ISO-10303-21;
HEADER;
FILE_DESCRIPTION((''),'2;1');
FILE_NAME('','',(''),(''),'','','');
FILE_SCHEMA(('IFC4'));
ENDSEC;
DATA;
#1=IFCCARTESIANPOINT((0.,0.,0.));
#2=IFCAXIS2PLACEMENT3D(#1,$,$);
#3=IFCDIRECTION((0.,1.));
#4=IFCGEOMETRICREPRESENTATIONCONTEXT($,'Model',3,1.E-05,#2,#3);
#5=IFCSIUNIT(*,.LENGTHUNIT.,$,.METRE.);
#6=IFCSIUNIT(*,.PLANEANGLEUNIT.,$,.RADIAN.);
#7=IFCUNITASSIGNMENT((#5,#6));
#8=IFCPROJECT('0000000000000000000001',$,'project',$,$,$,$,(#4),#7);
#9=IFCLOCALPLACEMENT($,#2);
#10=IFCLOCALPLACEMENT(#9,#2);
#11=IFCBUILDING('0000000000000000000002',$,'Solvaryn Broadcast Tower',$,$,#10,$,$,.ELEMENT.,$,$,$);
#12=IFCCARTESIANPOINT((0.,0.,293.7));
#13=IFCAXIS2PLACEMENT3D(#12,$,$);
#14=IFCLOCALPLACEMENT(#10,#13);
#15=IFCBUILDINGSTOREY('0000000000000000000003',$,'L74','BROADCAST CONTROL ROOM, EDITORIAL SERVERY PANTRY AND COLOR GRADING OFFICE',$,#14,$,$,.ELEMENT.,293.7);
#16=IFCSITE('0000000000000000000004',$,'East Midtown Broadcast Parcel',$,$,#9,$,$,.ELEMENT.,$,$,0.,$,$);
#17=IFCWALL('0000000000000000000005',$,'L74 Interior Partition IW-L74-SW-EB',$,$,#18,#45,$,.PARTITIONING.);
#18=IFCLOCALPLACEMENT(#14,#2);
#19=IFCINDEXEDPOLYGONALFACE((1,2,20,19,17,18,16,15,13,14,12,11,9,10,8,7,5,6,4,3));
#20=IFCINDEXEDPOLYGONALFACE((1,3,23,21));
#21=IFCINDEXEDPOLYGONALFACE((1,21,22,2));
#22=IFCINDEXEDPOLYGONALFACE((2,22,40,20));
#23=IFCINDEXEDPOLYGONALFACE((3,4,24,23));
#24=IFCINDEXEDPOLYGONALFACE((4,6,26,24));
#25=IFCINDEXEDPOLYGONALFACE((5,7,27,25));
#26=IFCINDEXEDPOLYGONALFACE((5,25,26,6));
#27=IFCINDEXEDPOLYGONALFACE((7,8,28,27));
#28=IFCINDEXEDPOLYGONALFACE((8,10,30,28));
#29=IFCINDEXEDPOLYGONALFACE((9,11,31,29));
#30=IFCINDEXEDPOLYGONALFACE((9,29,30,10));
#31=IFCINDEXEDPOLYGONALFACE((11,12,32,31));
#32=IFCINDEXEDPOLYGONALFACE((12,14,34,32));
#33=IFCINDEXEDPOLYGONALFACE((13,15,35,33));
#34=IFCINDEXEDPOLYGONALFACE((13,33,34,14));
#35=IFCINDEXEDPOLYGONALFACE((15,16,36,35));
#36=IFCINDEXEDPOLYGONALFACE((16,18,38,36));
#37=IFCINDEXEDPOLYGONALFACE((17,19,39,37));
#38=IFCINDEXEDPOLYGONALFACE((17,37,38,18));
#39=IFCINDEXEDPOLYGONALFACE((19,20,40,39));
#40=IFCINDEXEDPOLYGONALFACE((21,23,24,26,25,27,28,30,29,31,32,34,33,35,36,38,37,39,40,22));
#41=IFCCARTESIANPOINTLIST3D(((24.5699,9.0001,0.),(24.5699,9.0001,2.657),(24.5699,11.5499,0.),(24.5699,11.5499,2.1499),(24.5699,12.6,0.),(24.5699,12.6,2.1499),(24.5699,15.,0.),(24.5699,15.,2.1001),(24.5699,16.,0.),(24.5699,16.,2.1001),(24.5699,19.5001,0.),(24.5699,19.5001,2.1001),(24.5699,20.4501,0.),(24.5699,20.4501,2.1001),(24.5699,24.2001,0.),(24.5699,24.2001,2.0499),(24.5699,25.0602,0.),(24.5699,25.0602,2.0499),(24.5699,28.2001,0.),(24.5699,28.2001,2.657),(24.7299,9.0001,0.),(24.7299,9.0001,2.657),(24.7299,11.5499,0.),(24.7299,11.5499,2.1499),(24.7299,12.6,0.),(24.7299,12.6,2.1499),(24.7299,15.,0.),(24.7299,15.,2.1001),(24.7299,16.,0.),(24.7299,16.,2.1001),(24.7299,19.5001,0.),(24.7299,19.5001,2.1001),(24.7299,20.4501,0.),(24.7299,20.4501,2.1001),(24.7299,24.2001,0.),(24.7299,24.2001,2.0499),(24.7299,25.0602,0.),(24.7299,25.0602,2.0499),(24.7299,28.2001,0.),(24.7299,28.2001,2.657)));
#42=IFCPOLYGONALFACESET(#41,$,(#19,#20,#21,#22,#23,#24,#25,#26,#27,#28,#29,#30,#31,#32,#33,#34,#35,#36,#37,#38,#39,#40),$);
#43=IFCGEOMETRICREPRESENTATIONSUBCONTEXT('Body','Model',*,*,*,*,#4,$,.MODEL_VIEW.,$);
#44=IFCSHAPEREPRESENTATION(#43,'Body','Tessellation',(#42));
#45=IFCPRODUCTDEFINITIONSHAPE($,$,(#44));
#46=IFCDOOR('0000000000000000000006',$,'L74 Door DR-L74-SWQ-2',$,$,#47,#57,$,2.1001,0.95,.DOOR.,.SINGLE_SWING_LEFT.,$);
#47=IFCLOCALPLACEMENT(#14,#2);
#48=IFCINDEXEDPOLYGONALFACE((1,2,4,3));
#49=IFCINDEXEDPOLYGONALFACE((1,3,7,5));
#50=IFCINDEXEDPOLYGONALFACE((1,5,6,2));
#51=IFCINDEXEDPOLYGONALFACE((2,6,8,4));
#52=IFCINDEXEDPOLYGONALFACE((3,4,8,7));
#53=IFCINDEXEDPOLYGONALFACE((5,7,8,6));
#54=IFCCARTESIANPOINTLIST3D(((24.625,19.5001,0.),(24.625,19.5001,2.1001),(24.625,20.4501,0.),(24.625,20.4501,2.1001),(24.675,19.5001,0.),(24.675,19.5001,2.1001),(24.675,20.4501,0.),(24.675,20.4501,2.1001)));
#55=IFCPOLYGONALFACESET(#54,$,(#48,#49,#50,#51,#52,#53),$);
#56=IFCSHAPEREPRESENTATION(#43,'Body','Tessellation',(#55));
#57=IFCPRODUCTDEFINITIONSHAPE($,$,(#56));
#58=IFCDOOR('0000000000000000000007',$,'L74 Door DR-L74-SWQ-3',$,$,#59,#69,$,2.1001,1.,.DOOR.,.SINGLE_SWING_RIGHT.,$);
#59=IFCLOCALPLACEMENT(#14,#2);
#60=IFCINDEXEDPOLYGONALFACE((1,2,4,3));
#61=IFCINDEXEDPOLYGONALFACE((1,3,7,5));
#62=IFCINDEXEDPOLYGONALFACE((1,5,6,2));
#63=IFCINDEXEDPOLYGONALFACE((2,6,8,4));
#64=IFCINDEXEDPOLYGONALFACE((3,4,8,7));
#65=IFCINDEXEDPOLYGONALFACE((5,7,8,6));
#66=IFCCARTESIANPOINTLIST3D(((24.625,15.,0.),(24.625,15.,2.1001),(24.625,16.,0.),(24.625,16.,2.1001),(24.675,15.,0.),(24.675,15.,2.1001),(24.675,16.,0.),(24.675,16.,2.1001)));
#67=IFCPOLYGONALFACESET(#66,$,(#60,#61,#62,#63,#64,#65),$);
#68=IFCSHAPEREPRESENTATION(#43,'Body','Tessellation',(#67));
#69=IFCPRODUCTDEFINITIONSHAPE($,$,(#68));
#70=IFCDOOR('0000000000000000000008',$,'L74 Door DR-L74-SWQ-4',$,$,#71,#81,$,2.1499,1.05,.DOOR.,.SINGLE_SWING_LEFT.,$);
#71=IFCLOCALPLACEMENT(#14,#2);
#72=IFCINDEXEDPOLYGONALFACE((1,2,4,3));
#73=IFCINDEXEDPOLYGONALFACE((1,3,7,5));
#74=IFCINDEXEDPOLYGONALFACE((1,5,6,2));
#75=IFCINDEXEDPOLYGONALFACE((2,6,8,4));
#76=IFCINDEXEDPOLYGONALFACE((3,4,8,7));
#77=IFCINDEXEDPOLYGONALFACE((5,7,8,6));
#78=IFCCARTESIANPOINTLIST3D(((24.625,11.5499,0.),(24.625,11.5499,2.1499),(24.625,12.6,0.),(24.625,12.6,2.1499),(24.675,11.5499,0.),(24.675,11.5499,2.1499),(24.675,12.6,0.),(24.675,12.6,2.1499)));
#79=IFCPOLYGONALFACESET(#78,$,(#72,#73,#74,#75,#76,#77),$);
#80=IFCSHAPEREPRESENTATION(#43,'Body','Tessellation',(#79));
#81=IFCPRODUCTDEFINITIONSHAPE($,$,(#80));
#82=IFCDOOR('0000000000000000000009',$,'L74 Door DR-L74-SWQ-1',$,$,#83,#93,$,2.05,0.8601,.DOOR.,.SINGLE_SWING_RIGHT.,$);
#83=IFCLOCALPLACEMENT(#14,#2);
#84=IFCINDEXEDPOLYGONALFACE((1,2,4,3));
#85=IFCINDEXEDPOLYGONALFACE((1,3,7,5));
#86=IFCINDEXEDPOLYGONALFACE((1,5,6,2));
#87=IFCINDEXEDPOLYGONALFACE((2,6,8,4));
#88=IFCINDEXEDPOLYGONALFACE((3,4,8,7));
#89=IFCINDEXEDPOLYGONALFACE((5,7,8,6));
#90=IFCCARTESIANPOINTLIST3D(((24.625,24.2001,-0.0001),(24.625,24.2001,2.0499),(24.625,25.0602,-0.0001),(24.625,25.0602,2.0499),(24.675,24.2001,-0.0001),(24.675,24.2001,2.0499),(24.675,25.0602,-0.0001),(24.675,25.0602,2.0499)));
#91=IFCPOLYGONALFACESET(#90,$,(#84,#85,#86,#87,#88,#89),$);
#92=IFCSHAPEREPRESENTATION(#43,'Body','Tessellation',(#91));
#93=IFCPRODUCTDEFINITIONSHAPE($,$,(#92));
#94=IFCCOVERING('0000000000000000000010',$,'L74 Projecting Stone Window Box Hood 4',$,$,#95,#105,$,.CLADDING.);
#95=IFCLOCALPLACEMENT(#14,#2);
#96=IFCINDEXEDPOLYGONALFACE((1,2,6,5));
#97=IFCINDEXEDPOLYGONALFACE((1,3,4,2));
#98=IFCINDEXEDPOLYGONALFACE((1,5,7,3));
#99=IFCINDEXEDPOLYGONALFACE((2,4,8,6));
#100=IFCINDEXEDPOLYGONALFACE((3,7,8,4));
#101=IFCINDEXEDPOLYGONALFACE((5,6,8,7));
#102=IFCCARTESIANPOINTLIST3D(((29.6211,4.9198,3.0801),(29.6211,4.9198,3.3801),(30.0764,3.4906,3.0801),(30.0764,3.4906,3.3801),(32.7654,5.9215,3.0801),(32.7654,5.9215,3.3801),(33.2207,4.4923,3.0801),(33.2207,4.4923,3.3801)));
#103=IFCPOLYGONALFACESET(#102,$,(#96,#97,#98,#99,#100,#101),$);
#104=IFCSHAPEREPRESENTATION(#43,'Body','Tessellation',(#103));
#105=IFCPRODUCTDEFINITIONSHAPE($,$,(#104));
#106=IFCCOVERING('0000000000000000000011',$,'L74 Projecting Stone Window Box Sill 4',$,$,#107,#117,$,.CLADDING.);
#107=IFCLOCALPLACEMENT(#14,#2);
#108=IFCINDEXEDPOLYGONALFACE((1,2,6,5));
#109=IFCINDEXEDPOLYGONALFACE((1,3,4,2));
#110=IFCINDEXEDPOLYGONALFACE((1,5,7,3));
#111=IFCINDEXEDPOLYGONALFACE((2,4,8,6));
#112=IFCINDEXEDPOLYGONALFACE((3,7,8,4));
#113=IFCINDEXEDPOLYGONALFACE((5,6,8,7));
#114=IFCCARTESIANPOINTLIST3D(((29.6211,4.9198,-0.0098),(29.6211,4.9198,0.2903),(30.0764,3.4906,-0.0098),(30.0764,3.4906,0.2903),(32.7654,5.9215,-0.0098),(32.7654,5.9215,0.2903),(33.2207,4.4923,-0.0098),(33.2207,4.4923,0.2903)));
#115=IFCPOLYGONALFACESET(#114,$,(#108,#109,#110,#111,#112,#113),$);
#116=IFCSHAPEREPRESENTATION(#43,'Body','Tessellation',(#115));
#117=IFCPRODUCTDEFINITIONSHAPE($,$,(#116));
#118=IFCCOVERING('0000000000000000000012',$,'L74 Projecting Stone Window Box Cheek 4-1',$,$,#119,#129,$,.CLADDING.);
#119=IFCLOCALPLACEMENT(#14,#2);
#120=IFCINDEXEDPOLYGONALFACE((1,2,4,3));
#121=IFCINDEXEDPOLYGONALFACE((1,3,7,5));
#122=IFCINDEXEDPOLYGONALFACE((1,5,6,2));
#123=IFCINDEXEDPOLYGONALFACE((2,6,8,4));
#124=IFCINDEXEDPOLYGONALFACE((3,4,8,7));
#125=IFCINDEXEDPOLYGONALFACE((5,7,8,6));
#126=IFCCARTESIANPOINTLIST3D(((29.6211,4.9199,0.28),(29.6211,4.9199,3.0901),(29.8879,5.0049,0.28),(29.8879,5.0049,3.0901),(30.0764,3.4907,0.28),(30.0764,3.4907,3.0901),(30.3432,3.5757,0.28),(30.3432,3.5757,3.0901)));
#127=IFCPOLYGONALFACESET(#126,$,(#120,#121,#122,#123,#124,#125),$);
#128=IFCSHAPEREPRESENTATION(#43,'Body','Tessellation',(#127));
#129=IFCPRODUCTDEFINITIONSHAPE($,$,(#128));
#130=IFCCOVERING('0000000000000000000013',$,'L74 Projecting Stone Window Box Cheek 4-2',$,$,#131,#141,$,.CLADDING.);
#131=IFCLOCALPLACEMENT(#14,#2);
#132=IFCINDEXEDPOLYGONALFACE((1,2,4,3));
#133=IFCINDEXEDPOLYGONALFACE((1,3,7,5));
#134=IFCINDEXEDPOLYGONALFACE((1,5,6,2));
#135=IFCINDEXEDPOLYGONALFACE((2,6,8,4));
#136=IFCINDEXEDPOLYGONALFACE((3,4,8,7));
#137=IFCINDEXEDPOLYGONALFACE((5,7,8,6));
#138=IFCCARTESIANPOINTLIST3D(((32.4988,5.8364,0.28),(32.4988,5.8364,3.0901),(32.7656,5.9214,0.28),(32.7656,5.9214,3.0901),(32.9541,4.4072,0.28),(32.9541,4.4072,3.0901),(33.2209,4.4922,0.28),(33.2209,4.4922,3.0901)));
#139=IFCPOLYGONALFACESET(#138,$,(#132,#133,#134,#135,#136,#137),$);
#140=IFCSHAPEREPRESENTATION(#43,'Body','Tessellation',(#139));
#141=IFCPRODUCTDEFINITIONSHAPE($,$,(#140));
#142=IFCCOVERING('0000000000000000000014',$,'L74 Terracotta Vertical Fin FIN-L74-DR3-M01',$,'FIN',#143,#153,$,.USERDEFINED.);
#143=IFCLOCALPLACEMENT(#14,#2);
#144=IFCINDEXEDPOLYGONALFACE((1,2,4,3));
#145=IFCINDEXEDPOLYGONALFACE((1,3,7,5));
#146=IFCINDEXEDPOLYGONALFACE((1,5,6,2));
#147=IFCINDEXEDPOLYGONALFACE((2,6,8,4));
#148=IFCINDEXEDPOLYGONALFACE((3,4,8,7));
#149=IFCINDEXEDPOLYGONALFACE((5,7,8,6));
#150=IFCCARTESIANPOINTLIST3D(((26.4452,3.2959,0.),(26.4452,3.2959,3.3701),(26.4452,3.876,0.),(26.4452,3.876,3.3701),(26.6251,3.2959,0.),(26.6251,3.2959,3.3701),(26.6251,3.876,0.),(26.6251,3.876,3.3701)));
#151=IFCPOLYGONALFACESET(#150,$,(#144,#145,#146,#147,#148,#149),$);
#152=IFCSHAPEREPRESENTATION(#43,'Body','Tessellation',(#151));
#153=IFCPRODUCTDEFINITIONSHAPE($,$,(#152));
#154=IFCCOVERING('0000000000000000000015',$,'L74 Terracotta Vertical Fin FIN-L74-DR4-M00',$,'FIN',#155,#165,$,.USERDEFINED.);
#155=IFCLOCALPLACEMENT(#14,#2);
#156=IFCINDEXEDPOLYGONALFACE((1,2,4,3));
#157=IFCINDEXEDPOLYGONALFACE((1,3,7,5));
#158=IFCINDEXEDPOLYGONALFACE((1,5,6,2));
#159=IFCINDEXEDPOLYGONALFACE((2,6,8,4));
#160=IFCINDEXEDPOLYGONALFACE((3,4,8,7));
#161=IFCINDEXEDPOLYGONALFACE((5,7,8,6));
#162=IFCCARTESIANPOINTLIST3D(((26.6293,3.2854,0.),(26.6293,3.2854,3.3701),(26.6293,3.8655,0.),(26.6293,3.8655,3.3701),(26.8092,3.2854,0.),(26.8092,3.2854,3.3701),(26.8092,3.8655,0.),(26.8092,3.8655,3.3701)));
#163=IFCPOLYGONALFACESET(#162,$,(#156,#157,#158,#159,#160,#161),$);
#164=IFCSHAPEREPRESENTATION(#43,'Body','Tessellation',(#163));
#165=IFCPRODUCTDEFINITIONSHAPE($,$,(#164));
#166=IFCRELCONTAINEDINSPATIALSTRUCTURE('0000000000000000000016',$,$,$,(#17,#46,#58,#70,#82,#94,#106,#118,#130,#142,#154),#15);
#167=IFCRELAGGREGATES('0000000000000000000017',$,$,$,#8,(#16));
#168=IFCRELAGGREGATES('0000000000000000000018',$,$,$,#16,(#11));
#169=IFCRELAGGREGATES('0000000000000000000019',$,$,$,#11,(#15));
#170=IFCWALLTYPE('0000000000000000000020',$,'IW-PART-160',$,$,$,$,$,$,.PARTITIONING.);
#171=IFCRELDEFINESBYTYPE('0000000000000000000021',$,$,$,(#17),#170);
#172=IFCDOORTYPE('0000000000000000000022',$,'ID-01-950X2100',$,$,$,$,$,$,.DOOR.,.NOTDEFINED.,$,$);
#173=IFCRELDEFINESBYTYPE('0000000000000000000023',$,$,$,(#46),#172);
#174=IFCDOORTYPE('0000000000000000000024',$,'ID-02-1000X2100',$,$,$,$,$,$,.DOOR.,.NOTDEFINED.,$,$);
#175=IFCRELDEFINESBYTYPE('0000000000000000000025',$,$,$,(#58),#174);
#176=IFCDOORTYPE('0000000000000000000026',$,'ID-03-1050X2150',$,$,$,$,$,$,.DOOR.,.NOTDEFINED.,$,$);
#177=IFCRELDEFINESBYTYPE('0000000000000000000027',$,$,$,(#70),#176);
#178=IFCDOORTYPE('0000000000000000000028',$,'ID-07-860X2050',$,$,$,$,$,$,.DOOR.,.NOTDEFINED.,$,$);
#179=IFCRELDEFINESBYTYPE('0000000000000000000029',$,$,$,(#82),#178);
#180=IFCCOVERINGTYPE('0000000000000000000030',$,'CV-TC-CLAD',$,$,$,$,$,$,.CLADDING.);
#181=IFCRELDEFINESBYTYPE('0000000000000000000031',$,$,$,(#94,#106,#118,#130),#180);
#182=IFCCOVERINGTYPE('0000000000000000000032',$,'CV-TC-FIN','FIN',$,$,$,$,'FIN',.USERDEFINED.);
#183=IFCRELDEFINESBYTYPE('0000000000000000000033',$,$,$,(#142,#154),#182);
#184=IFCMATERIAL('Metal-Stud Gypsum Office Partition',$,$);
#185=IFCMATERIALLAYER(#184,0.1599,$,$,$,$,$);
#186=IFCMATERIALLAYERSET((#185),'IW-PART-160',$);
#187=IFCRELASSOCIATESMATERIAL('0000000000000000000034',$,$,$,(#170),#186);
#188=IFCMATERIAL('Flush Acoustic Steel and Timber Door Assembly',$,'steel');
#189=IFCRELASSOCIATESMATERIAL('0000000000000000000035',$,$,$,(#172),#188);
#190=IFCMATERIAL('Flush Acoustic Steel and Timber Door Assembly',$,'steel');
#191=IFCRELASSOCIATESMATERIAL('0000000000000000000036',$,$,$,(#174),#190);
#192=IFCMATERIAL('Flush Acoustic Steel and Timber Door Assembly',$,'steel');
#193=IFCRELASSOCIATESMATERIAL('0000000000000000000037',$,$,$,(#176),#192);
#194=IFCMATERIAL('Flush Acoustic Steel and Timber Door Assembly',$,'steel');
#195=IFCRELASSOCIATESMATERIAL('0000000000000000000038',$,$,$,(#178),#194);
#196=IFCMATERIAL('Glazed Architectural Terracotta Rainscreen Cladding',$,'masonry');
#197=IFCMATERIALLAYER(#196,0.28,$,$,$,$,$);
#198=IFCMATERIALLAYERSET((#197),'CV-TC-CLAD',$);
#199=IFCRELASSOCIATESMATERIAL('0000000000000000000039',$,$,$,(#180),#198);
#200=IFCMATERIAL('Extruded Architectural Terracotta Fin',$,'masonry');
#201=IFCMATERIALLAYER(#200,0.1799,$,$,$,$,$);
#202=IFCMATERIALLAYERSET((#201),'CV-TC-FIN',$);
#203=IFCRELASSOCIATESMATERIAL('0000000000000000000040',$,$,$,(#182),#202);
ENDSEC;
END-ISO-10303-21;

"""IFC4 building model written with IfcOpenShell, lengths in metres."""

from ifc_helpers import new_model, si_unit, direction, frame, frame_2d, origin, origin_2d, place, context, subcontext, project, spatial, rectangle, extrude, material, layer, layer_set, type_object, element, fill, save


model = new_model("IFC4")

# Units and contexts
model_context = context("Model", 3, precision=1e-05, world=origin(), true_north=direction((0.0, 1.0)))
body_context = subcontext(model_context, "Body", "Model", "MODEL_VIEW")
ifc_project = project(units=[si_unit("LENGTHUNIT", "METRE"), si_unit("PLANEANGLEUNIT", "RADIAN")], contexts=[model_context])

# Site, building, storey
site_placement = place(None, origin())
site = spatial("IfcSite", under=ifc_project, at=site_placement, Name="East Midtown Broadcast Parcel", CompositionType="ELEMENT", RefElevation=0.0)
building_placement = place(site_placement, origin())
building = spatial("IfcBuilding", under=site, at=building_placement, Name="Solvaryn Broadcast Tower", CompositionType="ELEMENT")
storey_placement = place(building_placement, frame((0.0, 0.0, 293.7)))
storey = spatial("IfcBuildingStorey", under=building, at=storey_placement, Name="L74", Description="BROADCAST CONTROL ROOM, EDITORIAL SERVERY PANTRY AND COLOR GRADING OFFICE", CompositionType="ELEMENT", Elevation=293.7)

# Wall, openings, doors
ifc_material_1 = material(Name="Metal-Stud Gypsum Office Partition")
ifc_layer_1 = layer(ifc_material_1, 0.1599)
ifc_layer_set_1 = layer_set([ifc_layer_1], Name="IW-PART-160")
wall_type_1 = type_object("IfcWallType", Name="IW-PART-160", PredefinedType="PARTITIONING", material=ifc_layer_set_1)
wall_1_placement = place(storey_placement, frame((24.6499, 9.0, 0.0), z_axis=(0.0, 0.0, 1.0), x_axis=(0.0, 1.0, 0.0)))
wall_1 = element("IfcWall", 1, at=wall_1_placement, inside=storey, type_object=wall_type_1, Name="L74 Interior Partition IW-L74-SW-EB", PredefinedType="PARTITIONING", context=body_context, shape_type="SweptSolid", body=[
    extrude(rectangle(XDim=19.2, YDim=0.1599, at=frame_2d((9.6001, 0.0))), origin(), (0.0, 0.0, 1.0), 2.657),
])
opening_1_placement = place(wall_1_placement, frame((15.2, 0.0, 0.0)))
opening_1 = element("IfcOpeningElement", 2, at=opening_1_placement, cuts=wall_1, PredefinedType="OPENING", context=body_context, shape_type="SweptSolid", body=[
    extrude(rectangle(XDim=0.8601, YDim=2.05, at=frame_2d((0.4302, 1.0249))), frame((0.0, 0.0901, 0.0), z_axis=(0.0, -1.0, 0.0), x_axis=(1.0, 0.0, 0.0)), (0.0, 0.0, 1.0), 0.1799),
])
opening_2_placement = place(wall_1_placement, frame((10.5, 0.0, 0.0)))
opening_2 = element("IfcOpeningElement", 3, at=opening_2_placement, cuts=wall_1, PredefinedType="OPENING", context=body_context, shape_type="SweptSolid", body=[
    extrude(rectangle(XDim=0.95, YDim=2.1001, at=frame_2d((0.4751, 1.05))), frame((0.0, 0.0901, 0.0), z_axis=(0.0, -1.0, 0.0), x_axis=(1.0, 0.0, 0.0)), (0.0, 0.0, 1.0), 0.1799),
])
opening_3_placement = place(wall_1_placement, frame((6.0, 0.0, 0.0)))
opening_3 = element("IfcOpeningElement", 4, at=opening_3_placement, cuts=wall_1, PredefinedType="OPENING", context=body_context, shape_type="SweptSolid", body=[
    extrude(rectangle(XDim=1.0, YDim=2.1001, at=frame_2d((0.5, 1.05))), frame((0.0, 0.0901, 0.0), z_axis=(0.0, -1.0, 0.0), x_axis=(1.0, 0.0, 0.0)), (0.0, 0.0, 1.0), 0.1799),
])
opening_4_placement = place(wall_1_placement, frame((2.55, 0.0, 0.0)))
opening_4 = element("IfcOpeningElement", 5, at=opening_4_placement, cuts=wall_1, PredefinedType="OPENING", context=body_context, shape_type="SweptSolid", body=[
    extrude(rectangle(XDim=1.05, YDim=2.1499, at=frame_2d((0.5249, 1.075))), frame((0.0, 0.0901, 0.0), z_axis=(0.0, -1.0, 0.0), x_axis=(1.0, 0.0, 0.0)), (0.0, 0.0, 1.0), 0.1799),
])
ifc_material_2 = material(Name="Flush Acoustic Steel and Timber Door Assembly", Category="steel")
door_type_1 = type_object("IfcDoorType", Name="ID-01-950X2100", OperationType="NOTDEFINED", PredefinedType="DOOR", material=ifc_material_2)
door_1_placement = place(opening_2_placement, origin())
door_1 = element("IfcDoor", 6, at=door_1_placement, inside=storey, type_object=door_type_1, Name="L74 Door DR-L74-SWQ-2", OperationType="SINGLE_SWING_LEFT", OverallHeight=2.1001, OverallWidth=0.95, PredefinedType="DOOR", context=body_context, shape_type="SweptSolid", body=[
    extrude(rectangle(XDim=0.95, YDim=2.1001, at=frame_2d((0.4751, 1.05))), frame((0.0, 0.0249, 0.0), z_axis=(0.0, -1.0, 0.0), x_axis=(1.0, 0.0, 0.0)), (0.0, 0.0, 1.0), 0.05),
])
fill(opening_2, door_1)
ifc_material_3 = material(Name="Flush Acoustic Steel and Timber Door Assembly", Category="steel")
door_type_2 = type_object("IfcDoorType", Name="ID-02-1000X2100", OperationType="NOTDEFINED", PredefinedType="DOOR", material=ifc_material_3)
door_2_placement = place(opening_3_placement, origin())
door_2 = element("IfcDoor", 7, at=door_2_placement, inside=storey, type_object=door_type_2, Name="L74 Door DR-L74-SWQ-3", OperationType="SINGLE_SWING_RIGHT", OverallHeight=2.1001, OverallWidth=1.0, PredefinedType="DOOR", context=body_context, shape_type="SweptSolid", body=[
    extrude(rectangle(XDim=1.0, YDim=2.1001, at=frame_2d((0.5, 1.05))), frame((0.0, 0.0249, 0.0), z_axis=(0.0, -1.0, 0.0), x_axis=(1.0, 0.0, 0.0)), (0.0, 0.0, 1.0), 0.05),
])
fill(opening_3, door_2)
ifc_material_4 = material(Name="Flush Acoustic Steel and Timber Door Assembly", Category="steel")
door_type_3 = type_object("IfcDoorType", Name="ID-03-1050X2150", OperationType="NOTDEFINED", PredefinedType="DOOR", material=ifc_material_4)
door_3_placement = place(opening_4_placement, origin())
door_3 = element("IfcDoor", 8, at=door_3_placement, inside=storey, type_object=door_type_3, Name="L74 Door DR-L74-SWQ-4", OperationType="SINGLE_SWING_LEFT", OverallHeight=2.1499, OverallWidth=1.05, PredefinedType="DOOR", context=body_context, shape_type="SweptSolid", body=[
    extrude(rectangle(XDim=1.05, YDim=2.1499, at=frame_2d((0.5249, 1.075))), frame((0.0, 0.0249, 0.0), z_axis=(0.0, -1.0, 0.0), x_axis=(1.0, 0.0, 0.0)), (0.0, 0.0, 1.0), 0.05),
])
fill(opening_4, door_3)
ifc_material_5 = material(Name="Flush Acoustic Steel and Timber Door Assembly", Category="steel")
door_type_4 = type_object("IfcDoorType", Name="ID-07-860X2050", OperationType="NOTDEFINED", PredefinedType="DOOR", material=ifc_material_5)
door_4_placement = place(opening_1_placement, origin())
door_4 = element("IfcDoor", 9, at=door_4_placement, inside=storey, type_object=door_type_4, Name="L74 Door DR-L74-SWQ-1", OperationType="SINGLE_SWING_RIGHT", OverallHeight=2.05, OverallWidth=0.8601, PredefinedType="DOOR", context=body_context, shape_type="SweptSolid", body=[
    extrude(rectangle(XDim=0.8601, YDim=2.05, at=frame_2d((0.4302, 1.0249))), frame((0.0, 0.0249, 0.0), z_axis=(0.0, -1.0, 0.0), x_axis=(1.0, 0.0, 0.0)), (0.0, 0.0, 1.0), 0.05),
])
fill(opening_1, door_4)

# Coverings
ifc_material_6 = material(Name="Glazed Architectural Terracotta Rainscreen Cladding", Category="masonry")
ifc_layer_2 = layer(ifc_material_6, 0.28)
ifc_layer_set_2 = layer_set([ifc_layer_2], Name="CV-TC-CLAD")
covering_type_1 = type_object("IfcCoveringType", Name="CV-TC-CLAD", PredefinedType="CLADDING", material=ifc_layer_set_2)
for number, where, z_axis, x_axis, name in (
    (10, (31.4209, 4.7061, 3.0801), (0.0, 0.0, 1.0), (0.952821, 0.303534, 0.0), "L74 Projecting Stone Window Box Hood 4"),
    (11, (31.4209, 4.7061, -0.0098), (0.0, 0.0, 1.0), (0.952821, 0.303534, 0.0), "L74 Projecting Stone Window Box Sill 4"),
):
    element("IfcCovering", number, at=place(storey_placement, frame(where, z_axis=z_axis, x_axis=x_axis)), inside=storey, type_object=covering_type_1, Name=name, PredefinedType="CLADDING", context=body_context, shape_type="SweptSolid", body=[
        extrude(rectangle(XDim=3.3, YDim=1.5, at=origin_2d()), origin(), (0.0, 0.0, 1.0), 0.3),
    ])
for number, where, z_axis, x_axis, name in (
    (12, (29.9822, 4.2478, 0.28), (0.0, 0.0, 1.0), (0.952821, 0.303534, 0.0), "L74 Projecting Stone Window Box Cheek 4-1"),
    (13, (32.8599, 5.1643, 0.28), (0.0, 0.0, 1.0), (0.952821, 0.303534, 0.0), "L74 Projecting Stone Window Box Cheek 4-2"),
):
    element("IfcCovering", number, at=place(storey_placement, frame(where, z_axis=z_axis, x_axis=x_axis)), inside=storey, type_object=covering_type_1, Name=name, PredefinedType="CLADDING", context=body_context, shape_type="SweptSolid", body=[
        extrude(rectangle(XDim=0.28, YDim=1.5, at=origin_2d()), origin(), (0.0, 0.0, 1.0), 2.8101),
    ])
ifc_material_7 = material(Name="Extruded Architectural Terracotta Fin", Category="masonry")
ifc_layer_3 = layer(ifc_material_7, 0.1799)
ifc_layer_set_3 = layer_set([ifc_layer_3], Name="CV-TC-FIN")
covering_type_2 = type_object("IfcCoveringType", Name="CV-TC-FIN", Description="FIN", ElementType="FIN", PredefinedType="USERDEFINED", material=ifc_layer_set_3)
for number, where, z_axis, x_axis, name in (
    (14, (26.5352, 3.5859, 0.0), (0.0, 0.0, 1.0), (1.0, 0.0, 0.0), "L74 Terracotta Vertical Fin FIN-L74-DR3-M01"),
    (15, (26.7192, 3.5754, 0.0), (0.0, 0.0, 1.0), (1.0, 0.0, 0.0), "L74 Terracotta Vertical Fin FIN-L74-DR4-M00"),
):
    element("IfcCovering", number, at=place(storey_placement, frame(where, z_axis=z_axis, x_axis=x_axis)), inside=storey, type_object=covering_type_2, Name=name, ObjectType="FIN", PredefinedType="USERDEFINED", context=body_context, shape_type="SweptSolid", body=[
        extrude(rectangle(XDim=0.1799, YDim=0.5801, at=origin_2d()), origin(), (0.0, 0.0, 1.0), 3.3701),
    ])

save(model, "model.ifc")
